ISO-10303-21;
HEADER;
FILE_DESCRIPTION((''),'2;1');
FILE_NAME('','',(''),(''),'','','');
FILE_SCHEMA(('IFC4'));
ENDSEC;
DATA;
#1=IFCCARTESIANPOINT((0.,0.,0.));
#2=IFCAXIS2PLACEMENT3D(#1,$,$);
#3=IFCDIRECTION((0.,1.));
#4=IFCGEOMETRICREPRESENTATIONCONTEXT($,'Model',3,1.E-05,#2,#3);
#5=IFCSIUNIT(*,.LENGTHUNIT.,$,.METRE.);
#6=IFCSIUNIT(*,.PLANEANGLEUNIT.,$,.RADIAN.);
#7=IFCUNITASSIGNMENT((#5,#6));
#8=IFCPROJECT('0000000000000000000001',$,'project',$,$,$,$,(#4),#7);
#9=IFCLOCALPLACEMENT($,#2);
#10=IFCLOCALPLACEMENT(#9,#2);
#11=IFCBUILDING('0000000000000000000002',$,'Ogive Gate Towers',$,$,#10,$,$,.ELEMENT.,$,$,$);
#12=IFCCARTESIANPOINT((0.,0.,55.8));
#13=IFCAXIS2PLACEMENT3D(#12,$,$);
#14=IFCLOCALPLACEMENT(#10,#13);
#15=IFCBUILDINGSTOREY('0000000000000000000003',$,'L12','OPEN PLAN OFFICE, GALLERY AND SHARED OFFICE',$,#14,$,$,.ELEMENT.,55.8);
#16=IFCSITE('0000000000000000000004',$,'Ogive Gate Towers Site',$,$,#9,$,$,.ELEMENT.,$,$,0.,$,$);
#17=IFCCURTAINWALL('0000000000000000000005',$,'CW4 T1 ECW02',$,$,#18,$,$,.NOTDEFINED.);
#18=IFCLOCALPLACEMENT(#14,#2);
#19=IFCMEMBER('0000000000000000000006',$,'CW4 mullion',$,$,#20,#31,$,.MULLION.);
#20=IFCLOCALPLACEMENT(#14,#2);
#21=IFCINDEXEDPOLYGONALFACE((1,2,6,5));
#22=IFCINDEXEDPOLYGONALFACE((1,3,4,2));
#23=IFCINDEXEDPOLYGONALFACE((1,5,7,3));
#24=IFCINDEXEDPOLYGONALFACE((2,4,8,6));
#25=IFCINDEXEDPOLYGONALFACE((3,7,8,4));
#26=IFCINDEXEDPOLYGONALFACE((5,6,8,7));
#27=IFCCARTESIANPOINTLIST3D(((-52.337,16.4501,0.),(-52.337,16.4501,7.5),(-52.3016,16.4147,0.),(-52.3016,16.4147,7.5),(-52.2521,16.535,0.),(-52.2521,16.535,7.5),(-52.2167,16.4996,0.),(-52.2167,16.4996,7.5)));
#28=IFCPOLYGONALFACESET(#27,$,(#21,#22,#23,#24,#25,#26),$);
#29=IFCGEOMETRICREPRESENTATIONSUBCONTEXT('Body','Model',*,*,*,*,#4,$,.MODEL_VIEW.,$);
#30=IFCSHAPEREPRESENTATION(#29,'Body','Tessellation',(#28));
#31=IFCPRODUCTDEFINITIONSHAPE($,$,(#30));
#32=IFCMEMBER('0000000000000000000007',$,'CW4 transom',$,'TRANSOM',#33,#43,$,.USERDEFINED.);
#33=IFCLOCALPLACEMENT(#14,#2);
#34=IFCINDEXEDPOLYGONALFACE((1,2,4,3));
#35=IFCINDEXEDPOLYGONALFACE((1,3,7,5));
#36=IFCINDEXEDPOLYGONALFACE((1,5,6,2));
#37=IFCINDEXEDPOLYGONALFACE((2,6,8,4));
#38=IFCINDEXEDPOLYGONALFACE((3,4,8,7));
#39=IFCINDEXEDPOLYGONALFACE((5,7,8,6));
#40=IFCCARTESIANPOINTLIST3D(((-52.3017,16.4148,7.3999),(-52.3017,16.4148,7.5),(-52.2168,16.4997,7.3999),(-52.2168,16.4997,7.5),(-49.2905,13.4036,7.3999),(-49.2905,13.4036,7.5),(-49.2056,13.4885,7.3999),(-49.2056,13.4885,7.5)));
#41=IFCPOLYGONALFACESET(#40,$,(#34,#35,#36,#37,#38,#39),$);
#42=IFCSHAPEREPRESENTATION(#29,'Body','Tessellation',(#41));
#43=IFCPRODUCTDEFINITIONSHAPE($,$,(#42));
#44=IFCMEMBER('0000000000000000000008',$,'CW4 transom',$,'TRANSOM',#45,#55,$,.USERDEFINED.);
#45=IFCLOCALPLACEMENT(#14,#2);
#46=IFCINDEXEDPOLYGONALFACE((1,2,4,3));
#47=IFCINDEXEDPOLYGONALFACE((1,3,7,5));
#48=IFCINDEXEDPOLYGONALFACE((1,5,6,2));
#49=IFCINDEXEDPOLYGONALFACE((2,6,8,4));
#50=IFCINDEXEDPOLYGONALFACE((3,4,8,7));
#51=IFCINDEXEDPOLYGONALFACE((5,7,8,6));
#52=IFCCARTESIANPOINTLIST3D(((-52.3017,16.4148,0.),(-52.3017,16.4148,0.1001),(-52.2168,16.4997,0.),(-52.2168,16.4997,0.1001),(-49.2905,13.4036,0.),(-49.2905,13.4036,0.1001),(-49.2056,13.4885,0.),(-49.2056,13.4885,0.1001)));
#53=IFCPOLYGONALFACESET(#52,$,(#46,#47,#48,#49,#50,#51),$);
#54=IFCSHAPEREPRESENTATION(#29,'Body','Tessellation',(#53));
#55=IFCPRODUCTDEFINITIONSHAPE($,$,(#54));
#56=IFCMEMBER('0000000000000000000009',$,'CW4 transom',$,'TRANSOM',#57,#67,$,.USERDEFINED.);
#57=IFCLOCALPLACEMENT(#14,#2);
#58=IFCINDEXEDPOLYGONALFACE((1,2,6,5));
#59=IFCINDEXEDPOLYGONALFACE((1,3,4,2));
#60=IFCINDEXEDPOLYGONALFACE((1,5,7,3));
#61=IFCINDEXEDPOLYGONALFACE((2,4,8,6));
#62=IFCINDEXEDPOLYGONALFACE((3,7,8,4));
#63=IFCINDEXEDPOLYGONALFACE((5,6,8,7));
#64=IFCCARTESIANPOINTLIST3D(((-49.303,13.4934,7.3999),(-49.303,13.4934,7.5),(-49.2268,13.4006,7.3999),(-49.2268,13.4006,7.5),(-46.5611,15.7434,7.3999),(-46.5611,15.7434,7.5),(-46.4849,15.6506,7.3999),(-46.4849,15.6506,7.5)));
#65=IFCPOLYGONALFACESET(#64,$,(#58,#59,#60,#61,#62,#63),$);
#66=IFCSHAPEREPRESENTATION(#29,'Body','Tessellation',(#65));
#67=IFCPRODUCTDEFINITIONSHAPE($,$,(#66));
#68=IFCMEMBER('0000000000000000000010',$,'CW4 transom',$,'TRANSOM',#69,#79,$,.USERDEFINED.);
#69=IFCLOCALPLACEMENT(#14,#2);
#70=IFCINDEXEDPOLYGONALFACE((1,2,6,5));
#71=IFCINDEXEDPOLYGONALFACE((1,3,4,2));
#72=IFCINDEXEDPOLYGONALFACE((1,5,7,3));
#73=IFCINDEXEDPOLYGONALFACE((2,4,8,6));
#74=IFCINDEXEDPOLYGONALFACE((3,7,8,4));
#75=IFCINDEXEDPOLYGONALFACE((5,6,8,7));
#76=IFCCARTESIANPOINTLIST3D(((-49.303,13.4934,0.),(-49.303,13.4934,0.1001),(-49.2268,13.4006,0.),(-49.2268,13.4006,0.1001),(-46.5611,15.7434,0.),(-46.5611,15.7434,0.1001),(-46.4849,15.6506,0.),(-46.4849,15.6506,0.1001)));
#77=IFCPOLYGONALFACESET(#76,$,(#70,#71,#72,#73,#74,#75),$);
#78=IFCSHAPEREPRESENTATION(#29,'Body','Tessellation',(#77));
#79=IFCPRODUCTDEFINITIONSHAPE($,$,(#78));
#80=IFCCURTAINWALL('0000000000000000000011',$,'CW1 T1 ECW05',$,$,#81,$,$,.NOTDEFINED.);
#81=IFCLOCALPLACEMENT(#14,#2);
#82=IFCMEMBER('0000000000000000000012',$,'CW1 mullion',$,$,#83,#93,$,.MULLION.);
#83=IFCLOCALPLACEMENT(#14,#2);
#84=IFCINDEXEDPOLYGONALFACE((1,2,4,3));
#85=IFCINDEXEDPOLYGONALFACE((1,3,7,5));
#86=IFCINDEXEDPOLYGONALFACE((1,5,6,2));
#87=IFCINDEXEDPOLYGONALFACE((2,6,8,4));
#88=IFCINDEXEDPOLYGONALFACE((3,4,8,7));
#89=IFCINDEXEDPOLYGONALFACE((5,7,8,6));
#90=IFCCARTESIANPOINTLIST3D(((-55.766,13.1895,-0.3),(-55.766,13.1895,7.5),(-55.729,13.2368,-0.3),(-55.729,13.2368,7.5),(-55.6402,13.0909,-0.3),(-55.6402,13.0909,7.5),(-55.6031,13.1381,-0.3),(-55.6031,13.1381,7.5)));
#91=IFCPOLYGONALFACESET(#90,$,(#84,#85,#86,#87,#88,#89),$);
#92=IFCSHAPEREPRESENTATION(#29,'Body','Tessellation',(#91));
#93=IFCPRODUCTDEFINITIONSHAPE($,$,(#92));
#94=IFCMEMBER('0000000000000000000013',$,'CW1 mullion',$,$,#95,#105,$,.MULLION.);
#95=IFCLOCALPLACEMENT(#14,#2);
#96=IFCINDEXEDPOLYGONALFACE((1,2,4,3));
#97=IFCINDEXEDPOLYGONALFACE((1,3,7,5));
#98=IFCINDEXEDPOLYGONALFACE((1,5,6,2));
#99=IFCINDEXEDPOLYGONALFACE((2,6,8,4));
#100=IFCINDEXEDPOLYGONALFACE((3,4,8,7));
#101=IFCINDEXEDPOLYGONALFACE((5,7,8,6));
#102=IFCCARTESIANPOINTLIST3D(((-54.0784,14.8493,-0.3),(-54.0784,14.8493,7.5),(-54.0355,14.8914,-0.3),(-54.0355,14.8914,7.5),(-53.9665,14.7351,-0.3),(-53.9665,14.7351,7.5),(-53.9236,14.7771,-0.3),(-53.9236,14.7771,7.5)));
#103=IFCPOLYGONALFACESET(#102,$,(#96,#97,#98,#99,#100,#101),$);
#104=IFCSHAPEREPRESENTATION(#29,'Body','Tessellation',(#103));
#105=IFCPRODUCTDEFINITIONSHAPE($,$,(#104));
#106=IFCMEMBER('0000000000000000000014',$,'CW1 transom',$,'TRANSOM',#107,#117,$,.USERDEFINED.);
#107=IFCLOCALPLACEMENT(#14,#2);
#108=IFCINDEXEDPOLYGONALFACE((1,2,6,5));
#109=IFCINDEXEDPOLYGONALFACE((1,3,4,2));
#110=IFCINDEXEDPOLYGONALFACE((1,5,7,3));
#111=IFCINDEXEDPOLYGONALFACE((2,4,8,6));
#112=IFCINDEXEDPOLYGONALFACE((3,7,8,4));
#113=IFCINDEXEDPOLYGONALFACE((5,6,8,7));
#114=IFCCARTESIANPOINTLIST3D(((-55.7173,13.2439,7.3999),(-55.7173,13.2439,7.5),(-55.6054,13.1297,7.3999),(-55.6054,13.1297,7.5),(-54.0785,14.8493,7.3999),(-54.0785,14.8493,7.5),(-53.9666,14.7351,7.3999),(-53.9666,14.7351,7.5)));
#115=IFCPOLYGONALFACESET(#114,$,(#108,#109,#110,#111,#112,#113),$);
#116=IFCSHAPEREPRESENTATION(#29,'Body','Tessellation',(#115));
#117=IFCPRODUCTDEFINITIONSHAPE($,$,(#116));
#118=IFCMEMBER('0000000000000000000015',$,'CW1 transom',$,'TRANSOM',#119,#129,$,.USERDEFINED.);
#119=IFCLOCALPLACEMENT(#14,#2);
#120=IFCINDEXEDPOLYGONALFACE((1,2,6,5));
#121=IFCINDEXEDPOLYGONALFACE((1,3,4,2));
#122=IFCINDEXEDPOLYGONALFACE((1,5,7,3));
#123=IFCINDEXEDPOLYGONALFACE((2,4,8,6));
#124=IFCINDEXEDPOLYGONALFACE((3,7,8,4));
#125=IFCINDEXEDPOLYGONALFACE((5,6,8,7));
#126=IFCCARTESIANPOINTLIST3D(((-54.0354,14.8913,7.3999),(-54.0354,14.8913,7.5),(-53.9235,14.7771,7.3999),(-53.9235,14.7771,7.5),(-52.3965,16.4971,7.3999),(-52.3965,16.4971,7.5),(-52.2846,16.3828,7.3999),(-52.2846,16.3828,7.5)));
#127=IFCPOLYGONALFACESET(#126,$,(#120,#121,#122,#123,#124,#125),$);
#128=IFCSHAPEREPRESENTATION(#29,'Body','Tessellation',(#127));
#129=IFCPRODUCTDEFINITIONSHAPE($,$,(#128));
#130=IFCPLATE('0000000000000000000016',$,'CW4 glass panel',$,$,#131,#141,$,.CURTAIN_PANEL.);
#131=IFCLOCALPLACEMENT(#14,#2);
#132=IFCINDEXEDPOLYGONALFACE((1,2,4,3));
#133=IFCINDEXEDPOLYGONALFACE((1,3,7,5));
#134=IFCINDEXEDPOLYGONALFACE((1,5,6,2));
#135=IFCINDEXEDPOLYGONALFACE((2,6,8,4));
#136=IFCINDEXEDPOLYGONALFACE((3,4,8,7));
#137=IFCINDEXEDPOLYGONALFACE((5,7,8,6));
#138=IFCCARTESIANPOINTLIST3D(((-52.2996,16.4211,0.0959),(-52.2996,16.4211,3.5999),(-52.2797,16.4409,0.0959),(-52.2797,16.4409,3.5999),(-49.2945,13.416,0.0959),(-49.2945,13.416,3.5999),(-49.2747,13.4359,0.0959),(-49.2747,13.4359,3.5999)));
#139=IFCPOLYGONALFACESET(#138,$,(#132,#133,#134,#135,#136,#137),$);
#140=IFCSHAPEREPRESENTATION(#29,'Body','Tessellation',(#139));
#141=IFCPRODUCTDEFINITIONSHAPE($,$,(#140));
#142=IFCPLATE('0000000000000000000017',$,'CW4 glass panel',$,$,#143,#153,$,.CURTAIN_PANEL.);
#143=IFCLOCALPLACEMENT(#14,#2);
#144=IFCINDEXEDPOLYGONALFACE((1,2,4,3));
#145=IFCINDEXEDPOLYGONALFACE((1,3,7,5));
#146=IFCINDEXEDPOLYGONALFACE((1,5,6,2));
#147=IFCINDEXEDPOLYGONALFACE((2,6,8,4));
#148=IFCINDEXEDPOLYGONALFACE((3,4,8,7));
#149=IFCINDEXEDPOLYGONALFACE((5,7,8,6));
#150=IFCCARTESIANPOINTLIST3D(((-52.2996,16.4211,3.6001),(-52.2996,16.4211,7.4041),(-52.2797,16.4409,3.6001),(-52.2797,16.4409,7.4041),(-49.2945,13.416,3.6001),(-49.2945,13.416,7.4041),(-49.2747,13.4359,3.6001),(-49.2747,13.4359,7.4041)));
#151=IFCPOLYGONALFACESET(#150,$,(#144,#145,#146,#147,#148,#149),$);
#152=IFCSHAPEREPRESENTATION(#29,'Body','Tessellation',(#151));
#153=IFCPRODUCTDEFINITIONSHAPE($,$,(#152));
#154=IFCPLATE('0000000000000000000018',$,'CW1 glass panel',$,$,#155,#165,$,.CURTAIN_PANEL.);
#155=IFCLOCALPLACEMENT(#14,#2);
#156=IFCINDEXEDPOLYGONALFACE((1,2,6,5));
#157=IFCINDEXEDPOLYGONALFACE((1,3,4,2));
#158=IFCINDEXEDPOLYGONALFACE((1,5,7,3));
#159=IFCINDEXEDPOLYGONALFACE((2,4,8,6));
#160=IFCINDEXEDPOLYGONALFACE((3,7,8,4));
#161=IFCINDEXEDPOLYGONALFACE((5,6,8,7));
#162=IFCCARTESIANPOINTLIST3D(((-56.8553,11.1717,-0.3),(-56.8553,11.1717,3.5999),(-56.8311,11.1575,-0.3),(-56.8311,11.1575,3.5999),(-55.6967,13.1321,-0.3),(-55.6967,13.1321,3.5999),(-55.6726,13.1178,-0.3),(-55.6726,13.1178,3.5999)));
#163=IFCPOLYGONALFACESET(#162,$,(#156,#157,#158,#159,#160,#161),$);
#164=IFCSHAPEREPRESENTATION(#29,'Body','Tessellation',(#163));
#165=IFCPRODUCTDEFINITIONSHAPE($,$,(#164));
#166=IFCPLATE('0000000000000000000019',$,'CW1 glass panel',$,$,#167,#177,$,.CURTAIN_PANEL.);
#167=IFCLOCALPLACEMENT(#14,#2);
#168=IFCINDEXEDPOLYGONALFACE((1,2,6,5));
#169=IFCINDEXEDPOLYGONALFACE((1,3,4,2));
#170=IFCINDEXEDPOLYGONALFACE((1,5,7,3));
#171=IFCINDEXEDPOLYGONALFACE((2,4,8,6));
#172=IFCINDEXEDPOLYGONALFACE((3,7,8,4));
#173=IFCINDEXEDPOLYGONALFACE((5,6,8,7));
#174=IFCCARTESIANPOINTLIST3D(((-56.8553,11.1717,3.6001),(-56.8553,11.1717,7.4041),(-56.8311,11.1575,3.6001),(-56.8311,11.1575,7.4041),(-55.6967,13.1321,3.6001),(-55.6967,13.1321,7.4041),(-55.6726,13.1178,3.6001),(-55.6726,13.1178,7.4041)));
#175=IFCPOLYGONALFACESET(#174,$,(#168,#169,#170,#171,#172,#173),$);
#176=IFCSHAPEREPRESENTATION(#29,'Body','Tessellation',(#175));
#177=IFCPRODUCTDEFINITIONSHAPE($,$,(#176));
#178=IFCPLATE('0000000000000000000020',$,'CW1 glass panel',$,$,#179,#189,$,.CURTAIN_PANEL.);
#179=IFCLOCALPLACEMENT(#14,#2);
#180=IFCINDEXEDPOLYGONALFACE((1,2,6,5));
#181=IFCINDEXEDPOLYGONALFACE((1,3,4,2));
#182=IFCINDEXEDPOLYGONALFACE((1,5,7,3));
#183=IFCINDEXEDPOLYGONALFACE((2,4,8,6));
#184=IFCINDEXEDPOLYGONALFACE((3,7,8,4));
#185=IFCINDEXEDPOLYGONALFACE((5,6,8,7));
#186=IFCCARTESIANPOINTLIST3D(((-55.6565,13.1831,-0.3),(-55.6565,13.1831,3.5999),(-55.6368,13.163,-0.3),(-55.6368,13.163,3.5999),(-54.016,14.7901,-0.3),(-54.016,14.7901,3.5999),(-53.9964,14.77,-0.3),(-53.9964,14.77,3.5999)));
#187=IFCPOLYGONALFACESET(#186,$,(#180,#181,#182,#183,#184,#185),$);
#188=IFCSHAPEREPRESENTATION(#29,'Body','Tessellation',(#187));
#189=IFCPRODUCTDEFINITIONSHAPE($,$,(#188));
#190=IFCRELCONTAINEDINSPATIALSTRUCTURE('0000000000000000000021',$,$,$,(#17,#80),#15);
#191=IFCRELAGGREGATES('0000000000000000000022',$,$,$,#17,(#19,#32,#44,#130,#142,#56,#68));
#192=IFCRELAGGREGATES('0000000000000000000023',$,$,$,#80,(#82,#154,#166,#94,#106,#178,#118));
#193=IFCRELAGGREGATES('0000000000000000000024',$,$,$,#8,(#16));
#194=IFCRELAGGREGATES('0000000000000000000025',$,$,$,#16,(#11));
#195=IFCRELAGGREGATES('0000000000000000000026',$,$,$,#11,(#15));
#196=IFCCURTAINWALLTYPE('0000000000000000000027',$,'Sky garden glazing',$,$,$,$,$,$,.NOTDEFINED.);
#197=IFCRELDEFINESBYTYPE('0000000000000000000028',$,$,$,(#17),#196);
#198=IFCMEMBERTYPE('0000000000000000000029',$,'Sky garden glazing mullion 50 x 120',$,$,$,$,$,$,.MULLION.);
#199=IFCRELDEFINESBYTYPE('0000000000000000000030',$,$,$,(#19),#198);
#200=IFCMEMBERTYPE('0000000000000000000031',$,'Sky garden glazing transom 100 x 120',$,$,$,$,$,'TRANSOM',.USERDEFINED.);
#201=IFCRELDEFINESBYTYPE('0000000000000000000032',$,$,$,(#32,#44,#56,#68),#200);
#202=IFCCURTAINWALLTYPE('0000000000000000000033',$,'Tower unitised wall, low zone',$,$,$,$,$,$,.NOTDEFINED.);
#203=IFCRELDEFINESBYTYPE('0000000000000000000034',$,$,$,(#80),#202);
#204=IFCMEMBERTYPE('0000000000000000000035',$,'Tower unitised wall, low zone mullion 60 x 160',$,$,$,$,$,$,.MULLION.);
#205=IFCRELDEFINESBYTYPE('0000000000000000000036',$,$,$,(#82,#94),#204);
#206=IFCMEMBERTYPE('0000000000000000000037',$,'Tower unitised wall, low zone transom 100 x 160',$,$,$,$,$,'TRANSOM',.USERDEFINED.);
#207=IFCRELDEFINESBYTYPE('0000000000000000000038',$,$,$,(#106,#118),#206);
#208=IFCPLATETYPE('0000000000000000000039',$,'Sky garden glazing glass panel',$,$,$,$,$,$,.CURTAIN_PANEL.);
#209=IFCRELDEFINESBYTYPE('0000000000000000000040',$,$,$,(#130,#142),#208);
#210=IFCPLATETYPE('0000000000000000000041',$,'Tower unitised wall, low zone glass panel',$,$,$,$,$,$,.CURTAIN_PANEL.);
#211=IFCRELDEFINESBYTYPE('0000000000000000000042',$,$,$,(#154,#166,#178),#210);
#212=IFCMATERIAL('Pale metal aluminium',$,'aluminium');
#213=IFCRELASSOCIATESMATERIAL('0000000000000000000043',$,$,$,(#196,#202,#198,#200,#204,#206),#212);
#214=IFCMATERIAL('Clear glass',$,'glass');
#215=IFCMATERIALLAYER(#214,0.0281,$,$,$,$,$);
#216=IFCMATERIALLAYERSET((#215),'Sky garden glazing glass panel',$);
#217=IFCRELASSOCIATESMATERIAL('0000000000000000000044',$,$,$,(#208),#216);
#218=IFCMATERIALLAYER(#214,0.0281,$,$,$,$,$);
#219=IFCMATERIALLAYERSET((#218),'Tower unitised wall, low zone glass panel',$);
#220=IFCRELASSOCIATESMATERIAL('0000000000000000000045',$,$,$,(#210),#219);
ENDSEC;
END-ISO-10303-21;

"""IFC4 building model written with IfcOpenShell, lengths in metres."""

from ifc_helpers import new_model, si_unit, direction, frame, origin, origin_2d, place, context, subcontext, project, spatial, rectangle, extrude, material, layer, layer_set, material_profile, profile_set, type_object, element, aggregate, save


model = new_model("IFC4")

# Units and contexts
model_context = context("Model", 3, precision=1e-05, world=origin(), true_north=direction((0.0, 1.0)))
body_context = subcontext(model_context, "Body", "Model", "MODEL_VIEW")
ifc_project = project(units=[si_unit("LENGTHUNIT", "METRE"), si_unit("PLANEANGLEUNIT", "RADIAN")], contexts=[model_context])

# Site, building, storey
site_placement = place(None, origin())
site = spatial("IfcSite", under=ifc_project, at=site_placement, Name="Ogive Gate Towers Site", CompositionType="ELEMENT", RefElevation=0.0)
building_placement = place(site_placement, origin())
building = spatial("IfcBuilding", under=site, at=building_placement, Name="Ogive Gate Towers", CompositionType="ELEMENT")
storey_placement = place(building_placement, frame((0.0, 0.0, 55.8)))
storey = spatial("IfcBuildingStorey", under=building, at=storey_placement, Name="L12", Description="OPEN PLAN OFFICE, GALLERY AND SHARED OFFICE", CompositionType="ELEMENT", Elevation=55.8)

# Curtain walls, members
ifc_material_1 = material(Name="Pale metal aluminium", Category="aluminium")
curtain_wall_type_1 = type_object("IfcCurtainWallType", Name="Sky garden glazing", PredefinedType="NOTDEFINED", material=ifc_material_1)
curtain_wall_1_placement = place(storey_placement, origin())
curtain_wall_1 = element("IfcCurtainWall", 1, at=curtain_wall_1_placement, inside=storey, type_object=curtain_wall_type_1, Name="CW4 T1 ECW02", PredefinedType="NOTDEFINED")
ifc_material_profile_1 = material_profile(ifc_material_1, rectangle(XDim=0.1201, YDim=0.05, at=origin_2d()), Name="50 x 120 aluminium box")
ifc_profile_set_1 = profile_set([ifc_material_profile_1], Name="Pale metal aluminium")
member_type_1 = type_object("IfcMemberType", Name="Sky garden glazing mullion 50 x 120", PredefinedType="MULLION", material=ifc_profile_set_1)
member_1_placement = place(storey_placement, frame((-52.2769, 16.4749, 0.0), z_axis=(0.0, 0.0, 1.0), x_axis=(-0.707107, -0.707107, 0.0)))
member_1 = element("IfcMember", 2, at=member_1_placement, type_object=member_type_1, Name="CW4 mullion", PredefinedType="MULLION", context=body_context, shape_type="SweptSolid", body=[
    extrude(rectangle(XDim=0.1201, YDim=0.05, at=origin_2d()), origin(), (0.0, 0.0, 1.0), 7.5),
])
ifc_material_profile_2 = material_profile(ifc_material_1, rectangle(XDim=0.1201, YDim=0.1001, at=origin_2d()), Name="100 x 120 aluminium box")
ifc_profile_set_2 = profile_set([ifc_material_profile_2], Name="Pale metal aluminium")
member_type_2 = type_object("IfcMemberType", Name="Sky garden glazing transom 100 x 120", ElementType="TRANSOM", PredefinedType="USERDEFINED", material=ifc_profile_set_2)
member_2_placement = place(storey_placement, frame((-52.2593, 16.4573, 7.45), z_axis=(0.707107, -0.707107, 0.0), x_axis=(0.707107, 0.707107, 0.0)))
member_2 = element("IfcMember", 3, at=member_2_placement, type_object=member_type_2, Name="CW4 transom", ObjectType="TRANSOM", PredefinedType="USERDEFINED", context=body_context, shape_type="SweptSolid", body=[
    extrude(rectangle(XDim=0.1201, YDim=0.1001, at=origin_2d()), origin(), (0.0, 0.0, 1.0), 4.2585),
])
member_3_placement = place(storey_placement, frame((-52.2593, 16.4573, 0.05), z_axis=(0.707107, -0.707107, 0.0), x_axis=(0.707107, 0.707107, 0.0)))
member_3 = element("IfcMember", 4, at=member_3_placement, type_object=member_type_2, Name="CW4 transom", ObjectType="TRANSOM", PredefinedType="USERDEFINED", context=body_context, shape_type="SweptSolid", body=[
    extrude(rectangle(XDim=0.1201, YDim=0.1001, at=origin_2d()), origin(), (0.0, 0.0, 1.0), 4.2585),
])
member_4_placement = place(storey_placement, frame((-49.2649, 13.447, 7.45), z_axis=(0.773046, 0.63435, 0.0), x_axis=(-0.63435, 0.773046, 0.0)))
member_4 = element("IfcMember", 5, at=member_4_placement, type_object=member_type_2, Name="CW4 transom", ObjectType="TRANSOM", PredefinedType="USERDEFINED", context=body_context, shape_type="SweptSolid", body=[
    extrude(rectangle(XDim=0.1201, YDim=0.1001, at=origin_2d()), origin(), (0.0, 0.0, 1.0), 3.5469),
])
member_5_placement = place(storey_placement, frame((-49.2649, 13.447, 0.05), z_axis=(0.773046, 0.63435, 0.0), x_axis=(-0.63435, 0.773046, 0.0)))
member_5 = element("IfcMember", 6, at=member_5_placement, type_object=member_type_2, Name="CW4 transom", ObjectType="TRANSOM", PredefinedType="USERDEFINED", context=body_context, shape_type="SweptSolid", body=[
    extrude(rectangle(XDim=0.1201, YDim=0.1001, at=origin_2d()), origin(), (0.0, 0.0, 1.0), 3.5469),
])
curtain_wall_type_2 = type_object("IfcCurtainWallType", Name="Tower unitised wall, low zone", PredefinedType="NOTDEFINED", material=ifc_material_1)
curtain_wall_2_placement = place(storey_placement, origin())
curtain_wall_2 = element("IfcCurtainWall", 7, at=curtain_wall_2_placement, inside=storey, type_object=curtain_wall_type_2, Name="CW1 T1 ECW05", PredefinedType="NOTDEFINED")
ifc_material_profile_3 = material_profile(ifc_material_1, rectangle(XDim=0.1599, YDim=0.0601, at=origin_2d()), Name="60 x 160 aluminium box")
ifc_profile_set_3 = profile_set([ifc_material_profile_3], Name="Pale metal aluminium")
member_type_3 = type_object("IfcMemberType", Name="Tower unitised wall, low zone mullion 60 x 160", PredefinedType="MULLION", material=ifc_profile_set_3)
member_6_placement = place(storey_placement, frame((-55.6846, 13.1638, -0.3), z_axis=(0.0, 0.0, 1.0), x_axis=(0.787086, -0.616844, 0.0)))
member_6 = element("IfcMember", 8, at=member_6_placement, type_object=member_type_3, Name="CW1 mullion", PredefinedType="MULLION", context=body_context, shape_type="SweptSolid", body=[
    extrude(rectangle(XDim=0.1599, YDim=0.0601, at=origin_2d()), origin(), (0.0, 0.0, 1.0), 7.8),
])
member_7_placement = place(storey_placement, frame((-54.001, 14.8132, -0.3), z_axis=(0.0, 0.0, 1.0), x_axis=(0.6998, -0.714338, 0.0)))
member_7 = element("IfcMember", 9, at=member_7_placement, type_object=member_type_3, Name="CW1 mullion", PredefinedType="MULLION", context=body_context, shape_type="SweptSolid", body=[
    extrude(rectangle(XDim=0.1599, YDim=0.0601, at=origin_2d()), origin(), (0.0, 0.0, 1.0), 7.8),
])
ifc_material_profile_4 = material_profile(ifc_material_1, rectangle(XDim=0.1599, YDim=0.1001, at=origin_2d()), Name="100 x 160 aluminium box")
ifc_profile_set_4 = profile_set([ifc_material_profile_4], Name="Pale metal aluminium")
member_type_4 = type_object("IfcMemberType", Name="Tower unitised wall, low zone transom 100 x 160", ElementType="TRANSOM", PredefinedType="USERDEFINED", material=ifc_profile_set_4)
member_8_placement = place(storey_placement, frame((-55.6614, 13.1868, 7.45), z_axis=(0.714359, 0.69978, 0.0), x_axis=(-0.69978, 0.714359, 0.0)))
member_8 = element("IfcMember", 10, at=member_8_placement, type_object=member_type_4, Name="CW1 transom", ObjectType="TRANSOM", PredefinedType="USERDEFINED", context=body_context, shape_type="SweptSolid", body=[
    extrude(rectangle(XDim=0.1599, YDim=0.1001, at=origin_2d()), origin(), (0.0, 0.0, 1.0), 2.2942),
])
member_9_placement = place(storey_placement, frame((-53.9795, 14.8342, 7.45), z_axis=(0.714305, 0.699834, 0.0), x_axis=(-0.699834, 0.714305, 0.0)))
member_9 = element("IfcMember", 11, at=member_9_placement, type_object=member_type_4, Name="CW1 transom", ObjectType="TRANSOM", PredefinedType="USERDEFINED", context=body_context, shape_type="SweptSolid", body=[
    extrude(rectangle(XDim=0.1599, YDim=0.1001, at=origin_2d()), origin(), (0.0, 0.0, 1.0), 2.2944),
])

# Plates
ifc_material_2 = material(Name="Clear glass", Category="glass")
ifc_layer_1 = layer(ifc_material_2, 0.0281)
ifc_layer_set_1 = layer_set([ifc_layer_1], Name="Sky garden glazing glass panel")
plate_type_1 = type_object("IfcPlateType", Name="Sky garden glazing glass panel", PredefinedType="CURTAIN_PANEL", material=ifc_layer_set_1)
plate_1_placement = place(storey_placement, frame((-50.7871, 14.9285, 0.0959), z_axis=(0.0, 0.0, 1.0), x_axis=(0.707107, -0.707107, 0.0)))
plate_1 = element("IfcPlate", 12, at=plate_1_placement, type_object=plate_type_1, Name="CW4 glass panel", PredefinedType="CURTAIN_PANEL", context=body_context, shape_type="SweptSolid", body=[
    extrude(rectangle(XDim=4.2498, YDim=0.0281, at=origin_2d()), origin(), (0.0, 0.0, 1.0), 3.5039),
])
plate_2_placement = place(storey_placement, frame((-50.7871, 14.9285, 3.6001), z_axis=(0.0, 0.0, 1.0), x_axis=(0.707107, -0.707107, 0.0)))
plate_2 = element("IfcPlate", 13, at=plate_2_placement, type_object=plate_type_1, Name="CW4 glass panel", PredefinedType="CURTAIN_PANEL", context=body_context, shape_type="SweptSolid", body=[
    extrude(rectangle(XDim=4.2498, YDim=0.0281, at=origin_2d()), origin(), (0.0, 0.0, 1.0), 3.804),
])
aggregate(curtain_wall_1, [member_1, member_2, member_3, plate_1, plate_2, member_4, member_5])
ifc_layer_2 = layer(ifc_material_2, 0.0281)
ifc_layer_set_2 = layer_set([ifc_layer_2], Name="Tower unitised wall, low zone glass panel")
plate_type_2 = type_object("IfcPlateType", Name="Tower unitised wall, low zone glass panel", PredefinedType="CURTAIN_PANEL", material=ifc_layer_set_2)
plate_3_placement = place(storey_placement, frame((-56.2639, 12.1448, -0.3), z_axis=(0.0, 0.0, 1.0), x_axis=(0.508771, 0.860902, 0.0)))
plate_3 = element("IfcPlate", 14, at=plate_3_placement, type_object=plate_type_2, Name="CW1 glass panel", PredefinedType="CURTAIN_PANEL", context=body_context, shape_type="SweptSolid", body=[
    extrude(rectangle(XDim=2.2771, YDim=0.0281, at=origin_2d()), origin(), (0.0, 0.0, 1.0), 3.8999),
])
plate_4_placement = place(storey_placement, frame((-56.2639, 12.1448, 3.6001), z_axis=(0.0, 0.0, 1.0), x_axis=(0.508771, 0.860902, 0.0)))
plate_4 = element("IfcPlate", 15, at=plate_4_placement, type_object=plate_type_2, Name="CW1 glass panel", PredefinedType="CURTAIN_PANEL", context=body_context, shape_type="SweptSolid", body=[
    extrude(rectangle(XDim=2.2771, YDim=0.0281, at=origin_2d()), origin(), (0.0, 0.0, 1.0), 3.804),
])
plate_5_placement = place(storey_placement, frame((-54.8264, 13.9766, -0.3), z_axis=(0.0, 0.0, 1.0), x_axis=(0.714351, 0.699788, 0.0)))
plate_5 = element("IfcPlate", 16, at=plate_5_placement, type_object=plate_type_2, Name="CW1 glass panel", PredefinedType="CURTAIN_PANEL", context=body_context, shape_type="SweptSolid", body=[
    extrude(rectangle(XDim=2.2964, YDim=0.0281, at=origin_2d()), origin(), (0.0, 0.0, 1.0), 3.8999),
])
aggregate(curtain_wall_2, [member_6, plate_3, plate_4, member_7, member_8, plate_5, member_9])

save(model, "model.ifc")
